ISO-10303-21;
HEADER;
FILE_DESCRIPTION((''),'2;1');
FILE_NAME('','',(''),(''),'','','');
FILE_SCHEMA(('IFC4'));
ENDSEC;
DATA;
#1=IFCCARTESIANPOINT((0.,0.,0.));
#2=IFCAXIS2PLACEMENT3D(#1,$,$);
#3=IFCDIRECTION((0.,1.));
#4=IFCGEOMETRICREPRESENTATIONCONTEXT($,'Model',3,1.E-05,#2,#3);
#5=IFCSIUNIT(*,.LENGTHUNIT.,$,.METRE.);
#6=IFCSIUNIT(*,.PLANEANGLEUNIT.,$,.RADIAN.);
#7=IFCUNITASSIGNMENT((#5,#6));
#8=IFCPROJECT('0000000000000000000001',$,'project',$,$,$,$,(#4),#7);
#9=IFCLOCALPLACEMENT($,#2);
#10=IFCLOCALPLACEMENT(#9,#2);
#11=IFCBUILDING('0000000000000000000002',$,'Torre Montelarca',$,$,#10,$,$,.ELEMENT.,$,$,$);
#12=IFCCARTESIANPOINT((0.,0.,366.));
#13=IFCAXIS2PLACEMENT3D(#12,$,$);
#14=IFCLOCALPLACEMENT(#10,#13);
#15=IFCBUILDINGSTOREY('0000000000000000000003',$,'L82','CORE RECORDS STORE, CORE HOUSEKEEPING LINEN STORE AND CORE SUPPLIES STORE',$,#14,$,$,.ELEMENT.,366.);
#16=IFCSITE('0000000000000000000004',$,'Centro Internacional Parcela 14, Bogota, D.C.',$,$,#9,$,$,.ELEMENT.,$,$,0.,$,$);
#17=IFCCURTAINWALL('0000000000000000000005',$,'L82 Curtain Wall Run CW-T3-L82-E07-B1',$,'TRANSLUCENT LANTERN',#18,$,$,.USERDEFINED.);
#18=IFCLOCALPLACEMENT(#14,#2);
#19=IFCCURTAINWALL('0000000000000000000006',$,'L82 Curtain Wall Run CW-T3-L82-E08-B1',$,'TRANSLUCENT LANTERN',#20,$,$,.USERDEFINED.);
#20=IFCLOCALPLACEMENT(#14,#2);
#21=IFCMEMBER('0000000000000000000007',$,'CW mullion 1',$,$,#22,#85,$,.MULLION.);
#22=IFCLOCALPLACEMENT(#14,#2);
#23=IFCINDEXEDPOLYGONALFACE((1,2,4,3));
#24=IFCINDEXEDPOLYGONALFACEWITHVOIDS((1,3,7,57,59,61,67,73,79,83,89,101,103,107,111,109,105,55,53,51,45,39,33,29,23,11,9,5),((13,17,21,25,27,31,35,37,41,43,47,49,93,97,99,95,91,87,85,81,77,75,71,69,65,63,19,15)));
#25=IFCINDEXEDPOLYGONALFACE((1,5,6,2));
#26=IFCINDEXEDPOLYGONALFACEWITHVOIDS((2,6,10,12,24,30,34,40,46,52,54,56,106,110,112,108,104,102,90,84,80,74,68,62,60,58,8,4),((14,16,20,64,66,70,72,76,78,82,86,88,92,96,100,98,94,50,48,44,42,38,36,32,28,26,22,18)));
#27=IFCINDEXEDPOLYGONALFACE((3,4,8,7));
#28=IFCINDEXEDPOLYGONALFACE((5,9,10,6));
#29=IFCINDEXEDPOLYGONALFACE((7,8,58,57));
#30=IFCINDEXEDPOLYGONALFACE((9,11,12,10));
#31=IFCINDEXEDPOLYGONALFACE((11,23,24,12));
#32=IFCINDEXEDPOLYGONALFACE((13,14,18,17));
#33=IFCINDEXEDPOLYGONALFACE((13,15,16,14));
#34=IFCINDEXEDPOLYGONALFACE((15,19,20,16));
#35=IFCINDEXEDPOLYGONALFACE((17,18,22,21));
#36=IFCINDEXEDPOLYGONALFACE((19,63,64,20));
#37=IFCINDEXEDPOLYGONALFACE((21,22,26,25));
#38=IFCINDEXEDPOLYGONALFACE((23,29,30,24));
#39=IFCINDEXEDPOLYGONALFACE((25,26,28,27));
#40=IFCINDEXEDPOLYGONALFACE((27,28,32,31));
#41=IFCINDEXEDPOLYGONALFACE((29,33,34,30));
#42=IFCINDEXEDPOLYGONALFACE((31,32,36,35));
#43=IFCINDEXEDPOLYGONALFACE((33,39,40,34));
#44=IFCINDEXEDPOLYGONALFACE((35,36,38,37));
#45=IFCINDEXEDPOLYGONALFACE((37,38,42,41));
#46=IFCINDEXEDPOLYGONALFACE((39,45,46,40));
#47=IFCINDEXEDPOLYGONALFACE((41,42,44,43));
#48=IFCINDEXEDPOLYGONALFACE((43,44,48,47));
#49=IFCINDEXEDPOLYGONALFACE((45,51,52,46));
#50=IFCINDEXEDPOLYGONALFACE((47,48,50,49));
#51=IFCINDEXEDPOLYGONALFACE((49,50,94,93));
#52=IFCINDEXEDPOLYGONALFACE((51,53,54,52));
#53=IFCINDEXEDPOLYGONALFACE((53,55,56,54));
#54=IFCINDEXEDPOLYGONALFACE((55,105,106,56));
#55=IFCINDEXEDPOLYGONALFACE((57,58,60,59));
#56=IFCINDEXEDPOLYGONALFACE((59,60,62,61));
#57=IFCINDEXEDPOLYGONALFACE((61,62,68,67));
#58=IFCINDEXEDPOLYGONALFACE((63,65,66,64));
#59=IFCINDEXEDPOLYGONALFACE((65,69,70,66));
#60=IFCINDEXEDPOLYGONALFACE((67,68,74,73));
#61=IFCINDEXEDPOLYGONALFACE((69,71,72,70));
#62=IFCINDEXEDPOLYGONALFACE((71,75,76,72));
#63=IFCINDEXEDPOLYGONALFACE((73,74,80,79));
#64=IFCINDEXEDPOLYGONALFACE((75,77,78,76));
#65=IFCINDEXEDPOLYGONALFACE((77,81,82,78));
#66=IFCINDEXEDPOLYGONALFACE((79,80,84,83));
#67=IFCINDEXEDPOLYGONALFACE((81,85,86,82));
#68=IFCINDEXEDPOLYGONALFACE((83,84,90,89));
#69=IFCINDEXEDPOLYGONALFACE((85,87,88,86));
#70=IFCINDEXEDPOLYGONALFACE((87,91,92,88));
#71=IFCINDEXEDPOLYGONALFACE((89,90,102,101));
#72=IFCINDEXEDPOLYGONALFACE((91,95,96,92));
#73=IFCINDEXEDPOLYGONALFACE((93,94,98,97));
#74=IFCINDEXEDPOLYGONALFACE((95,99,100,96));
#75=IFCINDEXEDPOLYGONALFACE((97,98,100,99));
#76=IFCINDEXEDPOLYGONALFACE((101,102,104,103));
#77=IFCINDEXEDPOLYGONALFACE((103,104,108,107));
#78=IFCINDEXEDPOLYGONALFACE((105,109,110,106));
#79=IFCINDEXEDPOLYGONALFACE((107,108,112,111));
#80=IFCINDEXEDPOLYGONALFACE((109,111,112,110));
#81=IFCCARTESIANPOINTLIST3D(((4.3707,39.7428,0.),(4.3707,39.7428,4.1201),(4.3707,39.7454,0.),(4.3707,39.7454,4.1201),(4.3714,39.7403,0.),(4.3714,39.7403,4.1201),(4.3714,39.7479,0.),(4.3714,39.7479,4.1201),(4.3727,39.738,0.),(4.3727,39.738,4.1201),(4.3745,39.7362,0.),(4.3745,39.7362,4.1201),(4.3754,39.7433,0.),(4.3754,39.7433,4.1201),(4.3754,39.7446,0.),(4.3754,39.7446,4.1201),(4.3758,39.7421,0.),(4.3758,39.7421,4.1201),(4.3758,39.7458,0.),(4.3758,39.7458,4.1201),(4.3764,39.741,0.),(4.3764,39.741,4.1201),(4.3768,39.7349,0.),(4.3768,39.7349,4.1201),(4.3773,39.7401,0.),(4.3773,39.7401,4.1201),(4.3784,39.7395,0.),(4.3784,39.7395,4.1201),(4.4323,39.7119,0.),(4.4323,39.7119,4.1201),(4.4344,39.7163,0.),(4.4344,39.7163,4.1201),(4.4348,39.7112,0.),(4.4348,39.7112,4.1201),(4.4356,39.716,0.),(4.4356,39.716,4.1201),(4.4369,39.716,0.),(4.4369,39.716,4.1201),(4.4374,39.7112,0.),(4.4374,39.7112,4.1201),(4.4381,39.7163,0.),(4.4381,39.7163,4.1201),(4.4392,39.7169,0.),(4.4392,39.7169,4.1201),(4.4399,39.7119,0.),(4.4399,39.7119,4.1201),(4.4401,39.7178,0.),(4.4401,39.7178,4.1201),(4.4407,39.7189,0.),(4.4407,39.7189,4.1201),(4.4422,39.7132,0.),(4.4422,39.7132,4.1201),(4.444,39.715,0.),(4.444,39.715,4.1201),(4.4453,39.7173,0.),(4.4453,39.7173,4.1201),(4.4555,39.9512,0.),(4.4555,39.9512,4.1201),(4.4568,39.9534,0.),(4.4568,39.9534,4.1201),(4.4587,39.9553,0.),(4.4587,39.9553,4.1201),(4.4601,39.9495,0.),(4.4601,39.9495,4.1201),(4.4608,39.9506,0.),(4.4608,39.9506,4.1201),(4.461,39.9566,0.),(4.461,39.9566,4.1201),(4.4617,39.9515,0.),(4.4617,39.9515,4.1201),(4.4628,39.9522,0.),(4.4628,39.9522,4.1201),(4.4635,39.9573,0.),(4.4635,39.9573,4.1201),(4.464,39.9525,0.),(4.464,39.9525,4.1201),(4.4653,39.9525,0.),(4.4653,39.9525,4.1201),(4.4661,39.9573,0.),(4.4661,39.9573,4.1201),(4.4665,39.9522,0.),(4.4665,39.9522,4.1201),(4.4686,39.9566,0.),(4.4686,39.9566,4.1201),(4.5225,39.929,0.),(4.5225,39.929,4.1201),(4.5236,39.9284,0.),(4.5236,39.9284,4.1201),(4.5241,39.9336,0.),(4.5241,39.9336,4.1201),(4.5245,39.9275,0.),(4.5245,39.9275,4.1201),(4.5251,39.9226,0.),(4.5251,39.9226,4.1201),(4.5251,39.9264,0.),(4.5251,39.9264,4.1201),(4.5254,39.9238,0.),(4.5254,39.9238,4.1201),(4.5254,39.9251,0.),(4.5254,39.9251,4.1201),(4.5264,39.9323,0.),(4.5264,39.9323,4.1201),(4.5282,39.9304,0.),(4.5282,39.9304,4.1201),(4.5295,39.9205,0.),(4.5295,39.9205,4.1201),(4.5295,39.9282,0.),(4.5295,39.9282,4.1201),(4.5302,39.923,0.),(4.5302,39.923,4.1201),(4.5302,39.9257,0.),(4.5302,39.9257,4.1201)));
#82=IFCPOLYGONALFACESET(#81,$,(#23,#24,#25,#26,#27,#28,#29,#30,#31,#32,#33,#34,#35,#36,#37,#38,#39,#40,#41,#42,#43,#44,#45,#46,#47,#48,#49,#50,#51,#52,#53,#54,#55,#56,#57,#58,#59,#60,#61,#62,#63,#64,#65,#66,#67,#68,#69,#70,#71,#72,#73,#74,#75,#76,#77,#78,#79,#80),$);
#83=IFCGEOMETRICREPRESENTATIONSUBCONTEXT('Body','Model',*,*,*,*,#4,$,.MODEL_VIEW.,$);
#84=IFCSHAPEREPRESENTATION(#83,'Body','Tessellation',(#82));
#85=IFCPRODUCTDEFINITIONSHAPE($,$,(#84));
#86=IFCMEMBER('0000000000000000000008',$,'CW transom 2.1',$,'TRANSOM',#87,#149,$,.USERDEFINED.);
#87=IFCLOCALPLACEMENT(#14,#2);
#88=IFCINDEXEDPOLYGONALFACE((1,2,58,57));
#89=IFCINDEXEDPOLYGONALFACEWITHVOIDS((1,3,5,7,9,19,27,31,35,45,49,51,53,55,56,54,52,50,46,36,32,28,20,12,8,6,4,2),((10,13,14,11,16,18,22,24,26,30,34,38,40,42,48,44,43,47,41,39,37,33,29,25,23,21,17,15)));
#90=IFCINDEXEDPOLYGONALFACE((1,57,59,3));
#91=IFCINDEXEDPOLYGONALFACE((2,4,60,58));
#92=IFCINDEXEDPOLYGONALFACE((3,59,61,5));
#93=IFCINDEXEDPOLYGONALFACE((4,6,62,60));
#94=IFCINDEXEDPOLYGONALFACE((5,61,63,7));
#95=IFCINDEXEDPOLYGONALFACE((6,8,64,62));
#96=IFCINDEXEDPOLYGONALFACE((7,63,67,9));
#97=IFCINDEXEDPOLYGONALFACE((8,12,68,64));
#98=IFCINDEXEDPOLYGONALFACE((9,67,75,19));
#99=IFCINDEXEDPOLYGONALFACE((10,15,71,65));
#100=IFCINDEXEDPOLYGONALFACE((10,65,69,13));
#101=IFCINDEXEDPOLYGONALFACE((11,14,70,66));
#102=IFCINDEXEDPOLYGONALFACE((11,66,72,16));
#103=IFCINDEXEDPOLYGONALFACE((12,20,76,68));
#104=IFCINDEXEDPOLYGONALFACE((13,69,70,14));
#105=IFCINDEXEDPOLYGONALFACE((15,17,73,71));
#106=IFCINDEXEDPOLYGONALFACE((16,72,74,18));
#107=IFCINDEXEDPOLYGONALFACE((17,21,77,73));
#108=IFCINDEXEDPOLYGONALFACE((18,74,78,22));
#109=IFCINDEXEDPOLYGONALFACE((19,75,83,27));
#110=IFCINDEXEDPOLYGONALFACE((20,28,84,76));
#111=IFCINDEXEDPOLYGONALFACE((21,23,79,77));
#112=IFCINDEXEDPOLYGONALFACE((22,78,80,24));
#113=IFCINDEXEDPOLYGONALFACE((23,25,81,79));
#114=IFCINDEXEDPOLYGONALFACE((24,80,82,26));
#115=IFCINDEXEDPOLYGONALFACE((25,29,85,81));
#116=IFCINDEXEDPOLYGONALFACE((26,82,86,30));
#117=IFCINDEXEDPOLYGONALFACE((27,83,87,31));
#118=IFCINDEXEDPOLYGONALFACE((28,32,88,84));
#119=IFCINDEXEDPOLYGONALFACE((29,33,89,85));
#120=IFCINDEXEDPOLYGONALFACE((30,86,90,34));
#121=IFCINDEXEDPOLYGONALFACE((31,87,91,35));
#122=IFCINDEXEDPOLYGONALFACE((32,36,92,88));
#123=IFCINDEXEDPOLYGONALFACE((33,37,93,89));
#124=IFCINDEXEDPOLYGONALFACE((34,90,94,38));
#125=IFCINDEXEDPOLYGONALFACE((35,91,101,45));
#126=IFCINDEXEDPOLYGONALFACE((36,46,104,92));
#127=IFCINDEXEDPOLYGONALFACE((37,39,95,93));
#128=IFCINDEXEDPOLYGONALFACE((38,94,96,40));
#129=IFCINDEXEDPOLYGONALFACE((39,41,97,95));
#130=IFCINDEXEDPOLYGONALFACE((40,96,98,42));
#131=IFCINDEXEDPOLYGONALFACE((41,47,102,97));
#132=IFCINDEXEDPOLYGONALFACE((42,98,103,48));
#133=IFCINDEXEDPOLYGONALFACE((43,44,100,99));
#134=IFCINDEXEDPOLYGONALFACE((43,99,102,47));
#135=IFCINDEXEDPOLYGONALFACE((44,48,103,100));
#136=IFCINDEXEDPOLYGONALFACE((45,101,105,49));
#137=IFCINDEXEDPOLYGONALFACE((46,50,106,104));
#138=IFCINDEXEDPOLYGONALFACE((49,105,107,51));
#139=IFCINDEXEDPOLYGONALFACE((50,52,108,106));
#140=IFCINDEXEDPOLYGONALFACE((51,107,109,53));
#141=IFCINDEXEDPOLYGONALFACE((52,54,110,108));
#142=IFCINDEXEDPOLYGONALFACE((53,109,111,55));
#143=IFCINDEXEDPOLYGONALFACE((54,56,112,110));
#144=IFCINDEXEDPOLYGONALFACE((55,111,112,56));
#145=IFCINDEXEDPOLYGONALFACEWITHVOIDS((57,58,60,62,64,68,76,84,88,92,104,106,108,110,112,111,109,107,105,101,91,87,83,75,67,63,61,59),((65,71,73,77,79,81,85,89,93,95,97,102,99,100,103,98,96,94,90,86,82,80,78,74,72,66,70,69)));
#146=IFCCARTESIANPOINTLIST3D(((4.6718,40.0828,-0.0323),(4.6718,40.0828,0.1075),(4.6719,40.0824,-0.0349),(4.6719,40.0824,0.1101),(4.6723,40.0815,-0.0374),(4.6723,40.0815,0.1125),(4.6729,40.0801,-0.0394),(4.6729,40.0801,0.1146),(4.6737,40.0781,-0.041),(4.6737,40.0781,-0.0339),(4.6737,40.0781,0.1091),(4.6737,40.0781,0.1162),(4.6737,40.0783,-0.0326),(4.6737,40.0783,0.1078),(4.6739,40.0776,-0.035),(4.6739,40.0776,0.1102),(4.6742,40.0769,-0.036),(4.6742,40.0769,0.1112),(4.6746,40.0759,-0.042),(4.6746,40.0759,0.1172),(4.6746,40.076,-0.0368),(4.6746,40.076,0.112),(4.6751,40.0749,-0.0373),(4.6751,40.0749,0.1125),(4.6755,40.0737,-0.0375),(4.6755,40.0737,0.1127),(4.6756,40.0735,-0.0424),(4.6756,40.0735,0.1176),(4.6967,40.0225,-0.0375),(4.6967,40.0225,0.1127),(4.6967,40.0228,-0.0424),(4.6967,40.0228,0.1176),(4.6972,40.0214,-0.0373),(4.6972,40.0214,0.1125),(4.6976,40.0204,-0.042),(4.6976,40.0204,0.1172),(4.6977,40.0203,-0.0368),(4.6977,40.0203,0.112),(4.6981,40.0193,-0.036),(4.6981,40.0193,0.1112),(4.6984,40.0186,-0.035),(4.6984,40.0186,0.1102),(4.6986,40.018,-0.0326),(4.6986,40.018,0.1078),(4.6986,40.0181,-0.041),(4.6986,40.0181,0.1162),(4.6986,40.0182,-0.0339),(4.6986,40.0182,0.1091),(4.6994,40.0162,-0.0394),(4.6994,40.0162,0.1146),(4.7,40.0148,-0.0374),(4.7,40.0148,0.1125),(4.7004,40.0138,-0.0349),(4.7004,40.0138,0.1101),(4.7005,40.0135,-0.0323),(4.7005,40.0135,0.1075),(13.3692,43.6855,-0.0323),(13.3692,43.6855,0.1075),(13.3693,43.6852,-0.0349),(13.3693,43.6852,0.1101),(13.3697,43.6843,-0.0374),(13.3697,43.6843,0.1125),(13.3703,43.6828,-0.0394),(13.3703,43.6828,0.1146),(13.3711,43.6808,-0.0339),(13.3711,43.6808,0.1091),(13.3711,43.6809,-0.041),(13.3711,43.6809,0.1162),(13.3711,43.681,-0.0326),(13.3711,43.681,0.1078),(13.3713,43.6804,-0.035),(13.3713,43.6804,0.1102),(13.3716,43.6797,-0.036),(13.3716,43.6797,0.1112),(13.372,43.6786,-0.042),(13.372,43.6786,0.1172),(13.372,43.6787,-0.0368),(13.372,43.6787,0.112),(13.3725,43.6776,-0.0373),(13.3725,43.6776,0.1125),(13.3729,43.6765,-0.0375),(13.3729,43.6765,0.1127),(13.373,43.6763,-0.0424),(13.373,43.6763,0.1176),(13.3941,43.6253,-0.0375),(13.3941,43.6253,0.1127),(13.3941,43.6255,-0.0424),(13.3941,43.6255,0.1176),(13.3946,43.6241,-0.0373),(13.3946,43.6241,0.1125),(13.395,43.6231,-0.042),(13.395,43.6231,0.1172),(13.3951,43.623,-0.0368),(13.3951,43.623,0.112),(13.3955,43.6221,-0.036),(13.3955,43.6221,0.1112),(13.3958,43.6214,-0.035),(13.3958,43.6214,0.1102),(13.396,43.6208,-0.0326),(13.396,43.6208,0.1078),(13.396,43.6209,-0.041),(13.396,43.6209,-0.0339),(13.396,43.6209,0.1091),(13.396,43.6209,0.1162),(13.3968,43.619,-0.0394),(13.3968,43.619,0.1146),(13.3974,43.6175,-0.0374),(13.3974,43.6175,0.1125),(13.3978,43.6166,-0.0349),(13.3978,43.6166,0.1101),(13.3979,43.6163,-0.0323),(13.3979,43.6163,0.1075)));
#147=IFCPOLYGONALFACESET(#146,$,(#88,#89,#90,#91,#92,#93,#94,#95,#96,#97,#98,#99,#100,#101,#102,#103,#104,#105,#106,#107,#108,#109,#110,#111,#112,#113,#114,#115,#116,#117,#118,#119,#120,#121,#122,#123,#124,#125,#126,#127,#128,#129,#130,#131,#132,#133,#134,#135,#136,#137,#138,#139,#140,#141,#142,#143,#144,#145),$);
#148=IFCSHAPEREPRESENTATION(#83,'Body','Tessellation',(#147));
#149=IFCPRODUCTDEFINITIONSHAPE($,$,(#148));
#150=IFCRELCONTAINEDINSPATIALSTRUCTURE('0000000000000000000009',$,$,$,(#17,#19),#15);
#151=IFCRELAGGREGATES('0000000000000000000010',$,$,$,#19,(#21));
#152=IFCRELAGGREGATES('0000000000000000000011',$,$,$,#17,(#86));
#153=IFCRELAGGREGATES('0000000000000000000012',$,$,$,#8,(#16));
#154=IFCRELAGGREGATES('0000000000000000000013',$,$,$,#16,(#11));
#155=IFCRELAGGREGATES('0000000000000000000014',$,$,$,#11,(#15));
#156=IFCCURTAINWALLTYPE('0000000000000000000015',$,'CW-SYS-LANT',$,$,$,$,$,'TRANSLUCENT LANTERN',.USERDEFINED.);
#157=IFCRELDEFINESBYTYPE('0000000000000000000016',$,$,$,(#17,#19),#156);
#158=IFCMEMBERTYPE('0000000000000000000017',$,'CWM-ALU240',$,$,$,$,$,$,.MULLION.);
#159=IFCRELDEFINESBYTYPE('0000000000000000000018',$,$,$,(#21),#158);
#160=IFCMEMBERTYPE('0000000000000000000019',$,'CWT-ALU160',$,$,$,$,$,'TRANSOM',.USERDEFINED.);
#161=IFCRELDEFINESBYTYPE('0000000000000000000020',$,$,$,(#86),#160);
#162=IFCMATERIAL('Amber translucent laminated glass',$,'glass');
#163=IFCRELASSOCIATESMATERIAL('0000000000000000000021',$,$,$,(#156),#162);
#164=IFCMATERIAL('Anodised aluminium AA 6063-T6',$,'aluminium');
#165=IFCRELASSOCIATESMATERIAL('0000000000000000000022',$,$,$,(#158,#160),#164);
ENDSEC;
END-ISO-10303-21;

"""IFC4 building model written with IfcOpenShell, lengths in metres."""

from ifc_helpers import new_model, si_unit, direction, frame, origin, origin_2d, place, context, subcontext, project, spatial, hollow_rectangle, extrude, source, transform, mapped, material, material_profile, profile_set, type_object, element, aggregate, save


model = new_model("IFC4")

# Units and contexts
model_context = context("Model", 3, precision=1e-05, world=origin(), true_north=direction((0.0, 1.0)))
body_context = subcontext(model_context, "Body", "Model", "MODEL_VIEW")
ifc_project = project(units=[si_unit("LENGTHUNIT", "METRE"), si_unit("PLANEANGLEUNIT", "RADIAN")], contexts=[model_context])

# Site, building, storey
site_placement = place(None, origin())
site = spatial("IfcSite", under=ifc_project, at=site_placement, Name="Centro Internacional Parcela 14, Bogota, D.C.", CompositionType="ELEMENT", RefElevation=0.0)
building_placement = place(site_placement, origin())
building = spatial("IfcBuilding", under=site, at=building_placement, Name="Torre Montelarca", CompositionType="ELEMENT")
storey_placement = place(building_placement, frame((0.0, 0.0, 366.0)))
storey = spatial("IfcBuildingStorey", under=building, at=storey_placement, Name="L82", Description="CORE RECORDS STORE, CORE HOUSEKEEPING LINEN STORE AND CORE SUPPLIES STORE", CompositionType="ELEMENT", Elevation=366.0)

# Curtain wall
ifc_material_1 = material(Name="Amber translucent laminated glass", Category="glass")
curtain_wall_type = type_object("IfcCurtainWallType", Name="CW-SYS-LANT", ElementType="TRANSLUCENT LANTERN", PredefinedType="USERDEFINED", material=ifc_material_1)
curtain_wall_1_placement = place(storey_placement, origin())
curtain_wall_1 = element("IfcCurtainWall", 1, at=curtain_wall_1_placement, inside=storey, type_object=curtain_wall_type, Name="L82 Curtain Wall Run CW-T3-L82-E07-B1", ObjectType="TRANSLUCENT LANTERN", PredefinedType="USERDEFINED")
ifc_material_2 = material(Name="Anodised aluminium AA 6063-T6", Category="aluminium")
ifc_material_profile_1 = material_profile(ifc_material_2, hollow_rectangle(XDim=0.0801, YDim=0.24, WallThickness=0.0049, InnerFilletRadius=0.0049, OuterFilletRadius=0.01, at=origin_2d()), Name="ALU80X240X5", Category="aluminium")
ifc_profile_set_1 = profile_set([ifc_material_profile_1], Name="Anodised aluminium AA 6063-T6")
member_type_1 = type_object("IfcMemberType", Name="CWM-ALU240", PredefinedType="MULLION", material=ifc_profile_set_1)
shared_shape_1 = source(origin(), body_context, "Body", "SweptSolid", [
    extrude(hollow_rectangle(XDim=0.0801, YDim=0.24, WallThickness=0.0049, InnerFilletRadius=0.0049, OuterFilletRadius=0.01, at=origin_2d()), origin(), (0.0, 0.0, 1.0), 4.1201),
])

# Curtain wall, member
curtain_wall_2_placement = place(storey_placement, origin())
curtain_wall_2 = element("IfcCurtainWall", 2, at=curtain_wall_2_placement, inside=storey, type_object=curtain_wall_type, Name="L82 Curtain Wall Run CW-T3-L82-E08-B1", ObjectType="TRANSLUCENT LANTERN", PredefinedType="USERDEFINED")
member_1_placement = place(storey_placement, frame((4.4504, 39.8342, 0.0), z_axis=(0.0, 0.0, 1.0), x_axis=(0.92388, -0.382683, 0.0)))
member_1 = element("IfcMember", 3, at=member_1_placement, type_object=member_type_1, Name="CW mullion 1", PredefinedType="MULLION", context=body_context, shape_type="MappedRepresentation", body=[
    mapped(shared_shape_1, transform((0.0, 0.0, 0.0), scale=1.0)),
])

# Member
ifc_material_profile_2 = material_profile(ifc_material_2, hollow_rectangle(XDim=0.075, YDim=0.1599, WallThickness=0.0049, InnerFilletRadius=0.0049, OuterFilletRadius=0.01, at=origin_2d()), Name="ALU75X160X5", Category="aluminium")
ifc_profile_set_2 = profile_set([ifc_material_profile_2], Name="Anodised aluminium AA 6063-T6")
member_type_2 = type_object("IfcMemberType", Name="CWT-ALU160", ElementType="TRANSOM", PredefinedType="USERDEFINED", material=ifc_profile_set_2)
shared_shape_2 = source(origin(), body_context, "Body", "SweptSolid", [
    extrude(hollow_rectangle(XDim=0.075, YDim=0.1599, WallThickness=0.0049, InnerFilletRadius=0.0049, OuterFilletRadius=0.01, at=origin_2d()), origin(), (0.0, 0.0, 1.0), 9.4141),
])
member_2_placement = place(storey_placement, frame((13.3835, 43.6509, 0.0376), z_axis=(-0.923874, -0.382698, 0.0), x_axis=(0.382698, -0.923874, 0.0)))
member_2 = element("IfcMember", 4, at=member_2_placement, type_object=member_type_2, Name="CW transom 2.1", ObjectType="TRANSOM", PredefinedType="USERDEFINED", context=body_context, shape_type="MappedRepresentation", body=[
    mapped(shared_shape_2, transform((0.0, 0.0, 0.0), scale=1.0)),
])

aggregate(curtain_wall_2, [member_1])
aggregate(curtain_wall_1, [member_2])

save(model, "model.ifc")
